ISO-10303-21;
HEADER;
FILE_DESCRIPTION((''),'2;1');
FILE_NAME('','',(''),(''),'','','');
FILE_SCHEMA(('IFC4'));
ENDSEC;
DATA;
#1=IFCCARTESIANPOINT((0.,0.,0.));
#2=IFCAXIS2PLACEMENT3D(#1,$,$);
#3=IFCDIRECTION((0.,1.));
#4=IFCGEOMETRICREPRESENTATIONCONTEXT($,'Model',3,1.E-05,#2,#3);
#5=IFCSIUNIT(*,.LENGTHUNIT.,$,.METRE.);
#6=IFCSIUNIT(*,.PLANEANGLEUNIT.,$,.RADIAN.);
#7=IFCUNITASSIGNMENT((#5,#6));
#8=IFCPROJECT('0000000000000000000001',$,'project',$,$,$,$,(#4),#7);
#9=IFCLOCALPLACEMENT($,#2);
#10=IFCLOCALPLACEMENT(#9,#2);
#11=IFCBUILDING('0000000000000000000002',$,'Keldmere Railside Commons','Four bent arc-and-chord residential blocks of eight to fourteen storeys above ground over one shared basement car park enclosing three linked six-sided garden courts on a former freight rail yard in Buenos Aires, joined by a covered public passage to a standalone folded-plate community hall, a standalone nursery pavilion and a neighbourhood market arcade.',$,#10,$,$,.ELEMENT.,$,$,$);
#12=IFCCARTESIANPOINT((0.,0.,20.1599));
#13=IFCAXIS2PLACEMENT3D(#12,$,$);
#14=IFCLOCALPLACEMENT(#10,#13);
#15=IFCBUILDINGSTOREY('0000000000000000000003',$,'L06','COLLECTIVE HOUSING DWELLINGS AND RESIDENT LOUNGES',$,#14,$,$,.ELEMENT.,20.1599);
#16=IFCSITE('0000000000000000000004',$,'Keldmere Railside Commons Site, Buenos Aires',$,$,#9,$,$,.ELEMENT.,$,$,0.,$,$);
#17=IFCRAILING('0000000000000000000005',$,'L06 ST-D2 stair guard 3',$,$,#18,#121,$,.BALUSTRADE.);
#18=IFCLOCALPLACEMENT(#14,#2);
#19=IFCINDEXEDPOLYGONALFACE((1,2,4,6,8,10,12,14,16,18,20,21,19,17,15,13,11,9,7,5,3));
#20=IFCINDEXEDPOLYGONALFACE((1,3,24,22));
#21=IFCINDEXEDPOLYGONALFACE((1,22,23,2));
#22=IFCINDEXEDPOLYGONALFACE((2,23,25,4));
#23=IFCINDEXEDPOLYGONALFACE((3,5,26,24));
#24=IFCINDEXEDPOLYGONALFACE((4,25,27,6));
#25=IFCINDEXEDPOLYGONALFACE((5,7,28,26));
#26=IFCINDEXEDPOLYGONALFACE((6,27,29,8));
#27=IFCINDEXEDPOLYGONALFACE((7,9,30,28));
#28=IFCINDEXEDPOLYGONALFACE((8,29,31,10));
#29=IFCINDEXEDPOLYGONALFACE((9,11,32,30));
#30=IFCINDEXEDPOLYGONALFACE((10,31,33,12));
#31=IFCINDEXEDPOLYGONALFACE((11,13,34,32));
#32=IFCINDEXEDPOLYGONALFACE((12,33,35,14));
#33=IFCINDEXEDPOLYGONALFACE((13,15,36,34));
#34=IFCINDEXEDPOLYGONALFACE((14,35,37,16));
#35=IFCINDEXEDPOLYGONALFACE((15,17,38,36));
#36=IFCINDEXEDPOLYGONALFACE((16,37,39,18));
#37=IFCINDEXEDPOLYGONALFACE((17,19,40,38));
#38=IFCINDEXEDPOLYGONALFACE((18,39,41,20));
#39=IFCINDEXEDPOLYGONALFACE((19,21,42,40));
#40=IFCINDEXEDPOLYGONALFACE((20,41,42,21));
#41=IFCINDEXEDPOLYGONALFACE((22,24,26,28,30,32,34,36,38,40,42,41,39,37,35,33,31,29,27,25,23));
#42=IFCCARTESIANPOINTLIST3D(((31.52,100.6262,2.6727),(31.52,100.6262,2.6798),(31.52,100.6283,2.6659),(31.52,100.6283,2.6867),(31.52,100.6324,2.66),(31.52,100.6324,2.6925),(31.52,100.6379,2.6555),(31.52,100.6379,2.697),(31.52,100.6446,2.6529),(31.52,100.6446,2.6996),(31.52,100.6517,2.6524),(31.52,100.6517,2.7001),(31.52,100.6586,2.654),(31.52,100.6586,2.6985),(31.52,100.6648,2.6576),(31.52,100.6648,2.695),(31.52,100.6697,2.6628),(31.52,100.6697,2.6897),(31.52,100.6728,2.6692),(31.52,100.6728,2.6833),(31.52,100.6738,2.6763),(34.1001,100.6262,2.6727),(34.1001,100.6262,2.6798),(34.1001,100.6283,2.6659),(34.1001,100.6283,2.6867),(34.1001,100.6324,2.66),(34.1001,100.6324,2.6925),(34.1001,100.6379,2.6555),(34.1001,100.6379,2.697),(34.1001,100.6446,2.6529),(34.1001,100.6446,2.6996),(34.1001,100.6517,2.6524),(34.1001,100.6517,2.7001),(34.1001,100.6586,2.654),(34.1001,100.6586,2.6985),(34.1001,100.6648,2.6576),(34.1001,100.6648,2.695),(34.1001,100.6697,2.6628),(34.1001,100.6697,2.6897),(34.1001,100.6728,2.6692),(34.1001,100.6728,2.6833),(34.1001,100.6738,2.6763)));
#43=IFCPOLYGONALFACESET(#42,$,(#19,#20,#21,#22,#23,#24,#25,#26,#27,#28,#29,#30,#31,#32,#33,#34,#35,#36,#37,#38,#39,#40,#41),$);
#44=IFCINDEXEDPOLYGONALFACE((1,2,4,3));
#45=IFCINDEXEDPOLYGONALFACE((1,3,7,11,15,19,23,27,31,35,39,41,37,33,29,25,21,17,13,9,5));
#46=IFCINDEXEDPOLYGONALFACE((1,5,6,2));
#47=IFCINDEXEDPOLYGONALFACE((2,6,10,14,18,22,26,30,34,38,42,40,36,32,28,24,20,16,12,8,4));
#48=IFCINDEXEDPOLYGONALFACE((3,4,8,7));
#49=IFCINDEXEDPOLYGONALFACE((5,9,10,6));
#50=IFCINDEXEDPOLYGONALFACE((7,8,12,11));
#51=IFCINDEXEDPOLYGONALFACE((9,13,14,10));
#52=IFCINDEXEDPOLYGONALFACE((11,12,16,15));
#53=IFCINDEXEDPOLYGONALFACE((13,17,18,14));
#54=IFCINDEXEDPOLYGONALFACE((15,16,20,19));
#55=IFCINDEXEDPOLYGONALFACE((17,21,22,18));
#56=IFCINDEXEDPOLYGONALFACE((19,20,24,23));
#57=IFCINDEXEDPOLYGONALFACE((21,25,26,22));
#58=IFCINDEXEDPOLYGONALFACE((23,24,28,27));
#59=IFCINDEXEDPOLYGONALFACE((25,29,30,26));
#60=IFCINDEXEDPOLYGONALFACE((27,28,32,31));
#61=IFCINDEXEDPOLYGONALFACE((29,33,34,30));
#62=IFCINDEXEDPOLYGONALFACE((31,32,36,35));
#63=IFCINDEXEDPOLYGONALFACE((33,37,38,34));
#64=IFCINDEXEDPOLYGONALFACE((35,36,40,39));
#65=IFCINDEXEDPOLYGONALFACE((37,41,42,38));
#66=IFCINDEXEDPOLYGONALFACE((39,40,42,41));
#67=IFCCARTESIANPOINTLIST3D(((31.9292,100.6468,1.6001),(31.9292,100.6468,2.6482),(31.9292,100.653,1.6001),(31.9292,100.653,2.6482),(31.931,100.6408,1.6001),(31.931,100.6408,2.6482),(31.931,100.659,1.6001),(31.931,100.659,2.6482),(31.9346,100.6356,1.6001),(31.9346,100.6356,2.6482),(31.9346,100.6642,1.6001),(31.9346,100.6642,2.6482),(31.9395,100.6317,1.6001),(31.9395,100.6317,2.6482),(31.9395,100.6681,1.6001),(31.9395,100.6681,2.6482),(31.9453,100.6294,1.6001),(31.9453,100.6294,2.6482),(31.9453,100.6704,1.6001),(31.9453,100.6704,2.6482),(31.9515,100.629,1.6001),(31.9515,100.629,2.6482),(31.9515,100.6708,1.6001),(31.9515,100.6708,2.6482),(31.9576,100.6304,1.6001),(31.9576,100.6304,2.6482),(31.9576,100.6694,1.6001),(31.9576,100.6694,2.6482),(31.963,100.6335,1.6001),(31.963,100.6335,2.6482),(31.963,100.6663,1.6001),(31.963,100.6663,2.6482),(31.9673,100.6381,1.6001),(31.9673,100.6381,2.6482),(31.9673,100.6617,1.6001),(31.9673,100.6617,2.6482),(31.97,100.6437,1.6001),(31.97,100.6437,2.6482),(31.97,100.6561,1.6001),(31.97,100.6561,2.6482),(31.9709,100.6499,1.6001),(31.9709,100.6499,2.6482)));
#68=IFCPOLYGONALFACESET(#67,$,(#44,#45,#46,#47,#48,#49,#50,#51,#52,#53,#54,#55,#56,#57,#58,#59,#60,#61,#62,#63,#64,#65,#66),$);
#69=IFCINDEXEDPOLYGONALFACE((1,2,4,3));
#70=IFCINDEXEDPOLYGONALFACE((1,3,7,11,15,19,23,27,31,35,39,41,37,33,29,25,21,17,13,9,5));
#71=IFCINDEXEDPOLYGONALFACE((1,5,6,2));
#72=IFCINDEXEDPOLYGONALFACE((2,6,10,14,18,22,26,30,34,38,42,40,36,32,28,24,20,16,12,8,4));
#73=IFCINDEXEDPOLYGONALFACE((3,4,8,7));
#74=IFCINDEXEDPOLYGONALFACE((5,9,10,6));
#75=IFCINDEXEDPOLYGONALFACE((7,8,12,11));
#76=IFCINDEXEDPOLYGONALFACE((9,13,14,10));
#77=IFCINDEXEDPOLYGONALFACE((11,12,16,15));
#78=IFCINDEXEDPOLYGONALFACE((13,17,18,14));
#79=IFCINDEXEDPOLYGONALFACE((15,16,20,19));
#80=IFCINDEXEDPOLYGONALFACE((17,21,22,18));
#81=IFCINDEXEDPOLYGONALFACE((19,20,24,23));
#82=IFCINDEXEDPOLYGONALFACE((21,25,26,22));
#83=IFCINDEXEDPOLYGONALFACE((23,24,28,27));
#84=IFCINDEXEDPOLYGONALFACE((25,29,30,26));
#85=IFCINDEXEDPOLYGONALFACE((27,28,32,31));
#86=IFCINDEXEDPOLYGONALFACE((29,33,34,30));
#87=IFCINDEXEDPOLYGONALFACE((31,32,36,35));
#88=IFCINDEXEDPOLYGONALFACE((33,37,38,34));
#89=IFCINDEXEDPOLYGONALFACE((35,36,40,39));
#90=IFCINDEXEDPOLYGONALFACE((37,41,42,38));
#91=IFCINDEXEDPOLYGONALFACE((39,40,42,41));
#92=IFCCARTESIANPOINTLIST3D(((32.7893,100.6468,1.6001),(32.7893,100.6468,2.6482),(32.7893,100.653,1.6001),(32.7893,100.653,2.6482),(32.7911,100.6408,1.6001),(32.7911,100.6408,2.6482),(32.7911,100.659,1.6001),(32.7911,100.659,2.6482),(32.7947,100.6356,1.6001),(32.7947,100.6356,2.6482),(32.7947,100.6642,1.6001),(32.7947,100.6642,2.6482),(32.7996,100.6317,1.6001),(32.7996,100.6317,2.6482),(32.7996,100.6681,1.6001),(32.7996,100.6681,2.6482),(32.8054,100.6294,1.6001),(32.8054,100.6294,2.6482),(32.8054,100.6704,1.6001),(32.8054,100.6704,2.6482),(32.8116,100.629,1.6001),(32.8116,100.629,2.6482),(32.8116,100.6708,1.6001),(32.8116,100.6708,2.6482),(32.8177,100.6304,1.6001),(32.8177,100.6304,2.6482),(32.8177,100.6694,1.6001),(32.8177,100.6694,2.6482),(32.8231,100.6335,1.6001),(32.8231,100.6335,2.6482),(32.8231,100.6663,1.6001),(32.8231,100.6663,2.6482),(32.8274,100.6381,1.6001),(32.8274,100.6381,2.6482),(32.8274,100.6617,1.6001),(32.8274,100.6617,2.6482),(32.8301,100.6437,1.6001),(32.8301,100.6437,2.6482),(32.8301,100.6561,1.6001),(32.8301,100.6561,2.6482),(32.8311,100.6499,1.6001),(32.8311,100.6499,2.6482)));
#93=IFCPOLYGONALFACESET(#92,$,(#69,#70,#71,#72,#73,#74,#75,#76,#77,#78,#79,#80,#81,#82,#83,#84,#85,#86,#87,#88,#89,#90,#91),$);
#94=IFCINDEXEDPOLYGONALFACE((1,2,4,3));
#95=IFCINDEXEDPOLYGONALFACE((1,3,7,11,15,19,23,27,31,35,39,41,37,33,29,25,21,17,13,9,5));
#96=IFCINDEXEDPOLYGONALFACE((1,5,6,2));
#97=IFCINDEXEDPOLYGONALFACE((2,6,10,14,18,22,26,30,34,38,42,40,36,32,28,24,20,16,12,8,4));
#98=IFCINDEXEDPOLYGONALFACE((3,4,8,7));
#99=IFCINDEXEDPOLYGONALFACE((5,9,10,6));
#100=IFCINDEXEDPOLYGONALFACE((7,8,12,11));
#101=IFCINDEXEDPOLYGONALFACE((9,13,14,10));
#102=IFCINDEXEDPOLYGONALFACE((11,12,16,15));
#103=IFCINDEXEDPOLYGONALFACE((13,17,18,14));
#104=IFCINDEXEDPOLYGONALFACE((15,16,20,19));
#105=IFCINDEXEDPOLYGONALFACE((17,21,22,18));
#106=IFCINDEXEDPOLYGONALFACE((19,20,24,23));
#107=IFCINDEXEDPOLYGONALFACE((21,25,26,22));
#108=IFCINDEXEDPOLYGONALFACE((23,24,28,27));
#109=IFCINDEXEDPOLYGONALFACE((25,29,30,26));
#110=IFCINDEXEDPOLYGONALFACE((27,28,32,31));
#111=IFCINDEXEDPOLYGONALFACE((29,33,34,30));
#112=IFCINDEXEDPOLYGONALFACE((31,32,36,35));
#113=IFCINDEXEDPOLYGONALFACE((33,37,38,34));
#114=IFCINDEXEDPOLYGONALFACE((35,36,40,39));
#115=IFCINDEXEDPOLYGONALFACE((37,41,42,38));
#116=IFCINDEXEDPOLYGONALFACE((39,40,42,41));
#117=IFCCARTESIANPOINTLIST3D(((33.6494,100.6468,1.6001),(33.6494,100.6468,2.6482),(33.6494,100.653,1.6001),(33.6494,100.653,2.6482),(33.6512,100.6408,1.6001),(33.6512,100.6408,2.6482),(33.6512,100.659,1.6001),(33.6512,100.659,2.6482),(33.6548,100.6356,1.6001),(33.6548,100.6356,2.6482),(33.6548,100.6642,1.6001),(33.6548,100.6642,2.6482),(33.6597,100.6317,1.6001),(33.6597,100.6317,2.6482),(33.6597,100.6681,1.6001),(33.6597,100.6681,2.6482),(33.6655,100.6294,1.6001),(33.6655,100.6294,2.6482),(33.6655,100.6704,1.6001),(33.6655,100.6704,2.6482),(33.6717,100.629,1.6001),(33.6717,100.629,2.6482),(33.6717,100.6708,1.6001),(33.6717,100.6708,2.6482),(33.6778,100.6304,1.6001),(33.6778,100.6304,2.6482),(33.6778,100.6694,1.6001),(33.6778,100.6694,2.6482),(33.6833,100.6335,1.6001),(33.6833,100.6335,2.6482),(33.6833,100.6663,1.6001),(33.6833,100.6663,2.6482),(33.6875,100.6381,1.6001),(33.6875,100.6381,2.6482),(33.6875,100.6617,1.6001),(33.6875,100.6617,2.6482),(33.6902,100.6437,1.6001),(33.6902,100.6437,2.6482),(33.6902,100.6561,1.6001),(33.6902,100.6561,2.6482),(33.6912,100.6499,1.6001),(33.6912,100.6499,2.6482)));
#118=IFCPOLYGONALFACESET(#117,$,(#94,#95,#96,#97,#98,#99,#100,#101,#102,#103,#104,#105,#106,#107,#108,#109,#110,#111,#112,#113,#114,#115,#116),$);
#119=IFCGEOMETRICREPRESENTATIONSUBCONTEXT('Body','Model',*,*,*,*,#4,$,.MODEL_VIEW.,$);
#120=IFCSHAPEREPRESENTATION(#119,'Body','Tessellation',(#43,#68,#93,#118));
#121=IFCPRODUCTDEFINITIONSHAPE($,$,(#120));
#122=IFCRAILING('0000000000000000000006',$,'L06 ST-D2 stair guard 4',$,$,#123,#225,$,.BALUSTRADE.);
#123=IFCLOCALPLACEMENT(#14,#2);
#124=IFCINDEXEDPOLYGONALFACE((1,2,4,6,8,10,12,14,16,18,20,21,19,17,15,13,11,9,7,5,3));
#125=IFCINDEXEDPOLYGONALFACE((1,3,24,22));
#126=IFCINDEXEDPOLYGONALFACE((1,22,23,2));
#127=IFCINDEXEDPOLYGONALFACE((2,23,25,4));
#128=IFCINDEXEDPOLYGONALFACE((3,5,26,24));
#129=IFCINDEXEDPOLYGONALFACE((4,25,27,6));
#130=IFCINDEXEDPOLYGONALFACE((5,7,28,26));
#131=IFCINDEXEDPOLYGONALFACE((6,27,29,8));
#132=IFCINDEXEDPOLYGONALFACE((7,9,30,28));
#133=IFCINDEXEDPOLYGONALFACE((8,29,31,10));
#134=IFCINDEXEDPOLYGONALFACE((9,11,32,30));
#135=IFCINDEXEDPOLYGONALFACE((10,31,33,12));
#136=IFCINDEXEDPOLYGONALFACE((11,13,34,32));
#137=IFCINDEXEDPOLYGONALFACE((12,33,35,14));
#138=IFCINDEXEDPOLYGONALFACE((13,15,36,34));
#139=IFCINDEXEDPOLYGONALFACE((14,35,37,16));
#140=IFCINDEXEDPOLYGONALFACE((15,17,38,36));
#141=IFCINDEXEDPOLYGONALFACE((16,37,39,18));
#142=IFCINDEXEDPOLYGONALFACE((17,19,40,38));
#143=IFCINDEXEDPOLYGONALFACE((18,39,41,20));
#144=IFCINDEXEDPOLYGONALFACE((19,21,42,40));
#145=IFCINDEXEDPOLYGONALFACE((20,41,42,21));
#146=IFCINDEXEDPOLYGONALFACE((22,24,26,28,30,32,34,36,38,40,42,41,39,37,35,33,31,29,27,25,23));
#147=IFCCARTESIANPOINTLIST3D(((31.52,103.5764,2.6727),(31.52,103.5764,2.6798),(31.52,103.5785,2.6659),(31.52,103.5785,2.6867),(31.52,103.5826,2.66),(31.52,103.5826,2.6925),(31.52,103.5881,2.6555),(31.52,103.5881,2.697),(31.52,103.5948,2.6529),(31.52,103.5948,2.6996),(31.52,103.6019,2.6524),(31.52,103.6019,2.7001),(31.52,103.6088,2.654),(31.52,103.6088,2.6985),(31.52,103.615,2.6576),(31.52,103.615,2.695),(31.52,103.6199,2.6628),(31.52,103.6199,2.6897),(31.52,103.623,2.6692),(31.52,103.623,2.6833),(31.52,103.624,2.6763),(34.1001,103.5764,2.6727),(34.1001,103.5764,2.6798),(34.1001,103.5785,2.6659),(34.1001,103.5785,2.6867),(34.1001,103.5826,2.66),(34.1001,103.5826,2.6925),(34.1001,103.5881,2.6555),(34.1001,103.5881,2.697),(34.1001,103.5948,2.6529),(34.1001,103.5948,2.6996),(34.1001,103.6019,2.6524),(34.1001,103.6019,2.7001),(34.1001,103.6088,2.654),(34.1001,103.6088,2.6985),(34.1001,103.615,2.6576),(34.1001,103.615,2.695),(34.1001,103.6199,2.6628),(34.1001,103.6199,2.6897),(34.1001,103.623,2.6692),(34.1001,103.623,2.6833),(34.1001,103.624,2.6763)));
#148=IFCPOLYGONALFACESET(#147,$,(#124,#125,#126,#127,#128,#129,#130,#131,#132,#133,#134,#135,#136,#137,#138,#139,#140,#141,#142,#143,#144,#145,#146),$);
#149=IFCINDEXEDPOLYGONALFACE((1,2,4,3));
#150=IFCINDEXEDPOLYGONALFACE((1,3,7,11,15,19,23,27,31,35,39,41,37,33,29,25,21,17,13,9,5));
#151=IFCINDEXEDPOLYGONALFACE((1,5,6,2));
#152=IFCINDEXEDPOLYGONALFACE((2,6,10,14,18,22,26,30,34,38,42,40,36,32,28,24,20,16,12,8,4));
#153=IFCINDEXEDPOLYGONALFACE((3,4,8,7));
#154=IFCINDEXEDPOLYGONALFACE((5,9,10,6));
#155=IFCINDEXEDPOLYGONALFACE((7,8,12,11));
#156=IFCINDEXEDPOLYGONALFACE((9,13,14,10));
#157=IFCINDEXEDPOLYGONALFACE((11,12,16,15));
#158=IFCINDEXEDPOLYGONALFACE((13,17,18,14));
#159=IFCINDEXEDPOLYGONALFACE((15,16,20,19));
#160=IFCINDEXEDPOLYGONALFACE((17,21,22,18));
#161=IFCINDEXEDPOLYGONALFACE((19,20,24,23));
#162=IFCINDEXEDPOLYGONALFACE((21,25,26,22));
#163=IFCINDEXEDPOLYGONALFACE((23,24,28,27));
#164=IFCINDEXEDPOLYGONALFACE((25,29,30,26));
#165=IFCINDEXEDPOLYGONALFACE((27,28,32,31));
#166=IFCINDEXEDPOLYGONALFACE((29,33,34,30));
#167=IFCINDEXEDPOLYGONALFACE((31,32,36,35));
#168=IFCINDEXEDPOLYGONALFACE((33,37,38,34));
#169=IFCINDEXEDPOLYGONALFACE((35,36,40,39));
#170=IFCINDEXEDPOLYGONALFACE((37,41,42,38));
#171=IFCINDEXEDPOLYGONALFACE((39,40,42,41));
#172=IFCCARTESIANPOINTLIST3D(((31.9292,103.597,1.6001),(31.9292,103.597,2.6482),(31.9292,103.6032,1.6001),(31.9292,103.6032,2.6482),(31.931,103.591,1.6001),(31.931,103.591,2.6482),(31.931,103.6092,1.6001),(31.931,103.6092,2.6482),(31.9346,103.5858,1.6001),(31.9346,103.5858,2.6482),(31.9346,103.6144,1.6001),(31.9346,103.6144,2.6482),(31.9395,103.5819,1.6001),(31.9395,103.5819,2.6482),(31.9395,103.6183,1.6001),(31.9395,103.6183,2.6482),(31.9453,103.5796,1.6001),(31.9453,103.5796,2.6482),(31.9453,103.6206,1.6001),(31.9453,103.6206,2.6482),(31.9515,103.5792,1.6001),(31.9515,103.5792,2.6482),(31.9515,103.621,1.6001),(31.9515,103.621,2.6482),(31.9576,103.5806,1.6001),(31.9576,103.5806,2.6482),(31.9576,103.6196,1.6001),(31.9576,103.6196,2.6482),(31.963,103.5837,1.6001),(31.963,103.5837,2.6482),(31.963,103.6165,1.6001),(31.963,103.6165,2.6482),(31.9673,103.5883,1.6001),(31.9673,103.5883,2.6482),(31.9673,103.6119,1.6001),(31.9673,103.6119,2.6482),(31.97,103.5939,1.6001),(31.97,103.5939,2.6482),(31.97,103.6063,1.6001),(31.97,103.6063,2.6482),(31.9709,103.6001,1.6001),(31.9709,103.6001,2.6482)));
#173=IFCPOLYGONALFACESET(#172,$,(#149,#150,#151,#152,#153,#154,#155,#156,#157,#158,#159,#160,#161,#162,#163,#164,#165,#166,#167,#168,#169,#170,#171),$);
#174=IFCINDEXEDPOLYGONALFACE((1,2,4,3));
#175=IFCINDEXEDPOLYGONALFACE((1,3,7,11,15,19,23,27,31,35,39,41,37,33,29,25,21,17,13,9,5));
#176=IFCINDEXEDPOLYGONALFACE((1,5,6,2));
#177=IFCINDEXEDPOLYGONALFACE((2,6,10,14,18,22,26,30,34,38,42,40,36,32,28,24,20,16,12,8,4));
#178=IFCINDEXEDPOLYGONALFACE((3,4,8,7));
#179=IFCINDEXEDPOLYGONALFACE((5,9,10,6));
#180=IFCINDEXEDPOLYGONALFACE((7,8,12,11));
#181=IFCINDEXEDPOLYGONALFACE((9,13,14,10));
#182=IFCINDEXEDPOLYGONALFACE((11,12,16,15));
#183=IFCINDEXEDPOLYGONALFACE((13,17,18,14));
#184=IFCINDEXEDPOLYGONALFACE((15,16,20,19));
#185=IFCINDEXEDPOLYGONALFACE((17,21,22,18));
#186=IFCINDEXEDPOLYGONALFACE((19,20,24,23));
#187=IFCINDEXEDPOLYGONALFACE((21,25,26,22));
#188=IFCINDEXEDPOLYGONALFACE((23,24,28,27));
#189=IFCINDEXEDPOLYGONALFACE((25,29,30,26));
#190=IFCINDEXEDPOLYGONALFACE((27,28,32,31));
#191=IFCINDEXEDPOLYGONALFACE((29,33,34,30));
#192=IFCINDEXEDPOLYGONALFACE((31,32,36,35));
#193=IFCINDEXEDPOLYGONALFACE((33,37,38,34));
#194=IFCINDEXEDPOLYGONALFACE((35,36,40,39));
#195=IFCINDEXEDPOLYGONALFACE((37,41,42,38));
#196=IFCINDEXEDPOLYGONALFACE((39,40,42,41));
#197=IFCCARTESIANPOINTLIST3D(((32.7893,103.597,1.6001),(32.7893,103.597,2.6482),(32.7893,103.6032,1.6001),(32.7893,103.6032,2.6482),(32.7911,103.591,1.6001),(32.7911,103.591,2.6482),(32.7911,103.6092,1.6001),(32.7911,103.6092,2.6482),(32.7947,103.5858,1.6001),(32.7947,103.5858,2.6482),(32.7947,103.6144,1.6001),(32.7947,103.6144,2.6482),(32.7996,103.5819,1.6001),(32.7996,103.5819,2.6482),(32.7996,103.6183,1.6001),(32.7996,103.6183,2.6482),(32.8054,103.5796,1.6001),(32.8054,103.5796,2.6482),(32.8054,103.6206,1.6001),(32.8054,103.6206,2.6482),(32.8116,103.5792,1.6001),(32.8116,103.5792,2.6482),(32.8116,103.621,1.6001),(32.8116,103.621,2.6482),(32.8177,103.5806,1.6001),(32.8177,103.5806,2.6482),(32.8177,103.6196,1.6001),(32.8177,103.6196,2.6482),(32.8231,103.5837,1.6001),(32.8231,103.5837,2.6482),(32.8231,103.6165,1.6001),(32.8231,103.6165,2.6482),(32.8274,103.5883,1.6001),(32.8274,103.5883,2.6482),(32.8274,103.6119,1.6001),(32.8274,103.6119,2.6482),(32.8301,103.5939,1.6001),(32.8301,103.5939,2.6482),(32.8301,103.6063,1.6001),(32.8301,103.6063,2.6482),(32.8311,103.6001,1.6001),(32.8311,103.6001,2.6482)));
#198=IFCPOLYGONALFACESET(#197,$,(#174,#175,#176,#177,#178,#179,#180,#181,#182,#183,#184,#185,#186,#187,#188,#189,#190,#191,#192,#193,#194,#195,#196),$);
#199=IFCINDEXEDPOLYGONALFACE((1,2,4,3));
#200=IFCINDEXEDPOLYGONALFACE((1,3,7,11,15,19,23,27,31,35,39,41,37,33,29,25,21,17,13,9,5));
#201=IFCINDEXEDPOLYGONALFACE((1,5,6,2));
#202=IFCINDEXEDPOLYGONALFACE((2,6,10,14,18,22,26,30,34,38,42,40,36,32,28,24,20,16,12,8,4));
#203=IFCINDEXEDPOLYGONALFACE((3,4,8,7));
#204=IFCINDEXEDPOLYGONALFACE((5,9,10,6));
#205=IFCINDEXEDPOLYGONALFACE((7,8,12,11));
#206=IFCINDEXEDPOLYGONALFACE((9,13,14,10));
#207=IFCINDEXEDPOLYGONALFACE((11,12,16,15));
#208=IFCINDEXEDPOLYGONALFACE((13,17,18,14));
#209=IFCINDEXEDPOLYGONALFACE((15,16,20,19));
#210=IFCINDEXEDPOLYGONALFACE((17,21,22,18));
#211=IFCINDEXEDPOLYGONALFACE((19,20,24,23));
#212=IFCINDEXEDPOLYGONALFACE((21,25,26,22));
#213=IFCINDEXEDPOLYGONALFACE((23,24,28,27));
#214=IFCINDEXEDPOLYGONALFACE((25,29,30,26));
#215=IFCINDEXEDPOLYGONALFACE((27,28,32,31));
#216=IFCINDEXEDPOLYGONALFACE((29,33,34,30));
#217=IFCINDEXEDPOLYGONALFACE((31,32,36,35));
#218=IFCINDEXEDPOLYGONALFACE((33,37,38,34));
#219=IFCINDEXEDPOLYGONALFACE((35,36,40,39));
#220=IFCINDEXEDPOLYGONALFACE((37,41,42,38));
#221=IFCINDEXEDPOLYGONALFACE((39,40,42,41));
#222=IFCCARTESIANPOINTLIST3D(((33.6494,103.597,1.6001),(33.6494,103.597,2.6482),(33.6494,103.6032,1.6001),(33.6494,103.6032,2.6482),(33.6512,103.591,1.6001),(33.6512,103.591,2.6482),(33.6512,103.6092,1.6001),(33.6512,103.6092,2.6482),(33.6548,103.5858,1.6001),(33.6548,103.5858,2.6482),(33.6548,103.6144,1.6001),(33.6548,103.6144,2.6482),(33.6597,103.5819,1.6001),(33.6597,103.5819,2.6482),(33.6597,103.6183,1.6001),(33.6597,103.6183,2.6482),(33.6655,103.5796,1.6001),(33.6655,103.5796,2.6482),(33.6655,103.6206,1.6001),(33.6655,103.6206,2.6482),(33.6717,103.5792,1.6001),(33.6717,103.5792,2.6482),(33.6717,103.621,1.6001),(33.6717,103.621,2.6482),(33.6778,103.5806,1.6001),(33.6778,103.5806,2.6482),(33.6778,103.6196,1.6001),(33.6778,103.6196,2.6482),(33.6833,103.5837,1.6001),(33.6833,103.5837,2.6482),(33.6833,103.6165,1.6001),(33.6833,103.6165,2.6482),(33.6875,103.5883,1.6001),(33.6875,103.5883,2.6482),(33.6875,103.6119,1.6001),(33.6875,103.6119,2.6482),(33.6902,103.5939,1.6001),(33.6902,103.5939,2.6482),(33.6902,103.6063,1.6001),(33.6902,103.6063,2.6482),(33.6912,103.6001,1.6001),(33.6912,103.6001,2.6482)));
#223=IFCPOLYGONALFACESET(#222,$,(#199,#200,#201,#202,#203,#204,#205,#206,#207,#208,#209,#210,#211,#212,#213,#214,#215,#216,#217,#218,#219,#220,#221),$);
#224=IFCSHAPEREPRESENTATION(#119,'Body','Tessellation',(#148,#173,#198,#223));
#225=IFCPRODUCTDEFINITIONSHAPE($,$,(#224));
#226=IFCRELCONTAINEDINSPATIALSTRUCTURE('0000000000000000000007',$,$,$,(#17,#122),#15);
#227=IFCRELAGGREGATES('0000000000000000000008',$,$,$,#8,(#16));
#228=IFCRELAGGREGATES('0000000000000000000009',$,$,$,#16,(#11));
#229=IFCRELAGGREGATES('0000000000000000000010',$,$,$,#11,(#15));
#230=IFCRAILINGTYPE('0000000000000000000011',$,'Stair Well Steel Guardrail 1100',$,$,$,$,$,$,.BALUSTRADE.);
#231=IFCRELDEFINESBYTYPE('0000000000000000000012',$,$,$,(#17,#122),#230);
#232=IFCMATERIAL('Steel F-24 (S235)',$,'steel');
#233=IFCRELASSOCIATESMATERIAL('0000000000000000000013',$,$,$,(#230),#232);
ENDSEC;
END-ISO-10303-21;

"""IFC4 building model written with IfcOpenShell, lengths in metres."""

from ifc_helpers import new_model, si_unit, direction, frame, origin, origin_2d, place, context, subcontext, project, spatial, circle, extrude, material, type_object, element, save


model = new_model("IFC4")

# Units and contexts
model_context = context("Model", 3, precision=1e-05, world=origin(), true_north=direction((0.0, 1.0)))
body_context = subcontext(model_context, "Body", "Model", "MODEL_VIEW")
ifc_project = project(units=[si_unit("LENGTHUNIT", "METRE"), si_unit("PLANEANGLEUNIT", "RADIAN")], contexts=[model_context])

# Site, building, storey
site_placement = place(None, origin())
site = spatial("IfcSite", under=ifc_project, at=site_placement, Name="Keldmere Railside Commons Site, Buenos Aires", CompositionType="ELEMENT", RefElevation=0.0)
building_placement = place(site_placement, origin())
building = spatial("IfcBuilding", under=site, at=building_placement, Name="Keldmere Railside Commons", Description="Four bent arc-and-chord residential blocks of eight to fourteen storeys above ground over one shared basement car park enclosing three linked six-sided garden courts on a former freight rail yard in Buenos Aires, joined by a covered public passage to a standalone folded-plate community hall, a standalone nursery pavilion and a neighbourhood market arcade.", CompositionType="ELEMENT")
storey_placement = place(building_placement, frame((0.0, 0.0, 20.1599)))
storey = spatial("IfcBuildingStorey", under=building, at=storey_placement, Name="L06", Description="COLLECTIVE HOUSING DWELLINGS AND RESIDENT LOUNGES", CompositionType="ELEMENT", Elevation=20.1599)

# Railings
ifc_material_1 = material(Name="Steel F-24 (S235)", Category="steel")
railing_type_1 = type_object("IfcRailingType", Name="Stair Well Steel Guardrail 1100", PredefinedType="BALUSTRADE", material=ifc_material_1)
for number, where, name in (
    (1, (31.52, 100.6499, 1.6001), "L06 ST-D2 stair guard 3"),
    (2, (31.52, 103.6001, 1.6001), "L06 ST-D2 stair guard 4"),
):
    element("IfcRailing", number, at=place(storey_placement, frame(where)), inside=storey, type_object=railing_type_1, Name=name, PredefinedType="BALUSTRADE", context=body_context, shape_type="SweptSolid", body=[
        extrude(circle(Radius=0.0239, at=origin_2d()), frame((0.0, 0.0, 1.0762), z_axis=(1.0, 0.0, 0.0), x_axis=(0.0, 1.0, 0.0)), (0.0, 0.0, 1.0), 2.5801),
        extrude(circle(Radius=0.021, at=origin_2d()), frame((0.4299, 0.0, 0.0)), (0.0, 0.0, 1.0), 1.0481),
        extrude(circle(Radius=0.021, at=origin_2d()), frame((1.29, 0.0, 0.0)), (0.0, 0.0, 1.0), 1.0481),
        extrude(circle(Radius=0.021, at=origin_2d()), frame((2.1501, 0.0, 0.0)), (0.0, 0.0, 1.0), 1.0481),
    ])

save(model, "model.ifc")
